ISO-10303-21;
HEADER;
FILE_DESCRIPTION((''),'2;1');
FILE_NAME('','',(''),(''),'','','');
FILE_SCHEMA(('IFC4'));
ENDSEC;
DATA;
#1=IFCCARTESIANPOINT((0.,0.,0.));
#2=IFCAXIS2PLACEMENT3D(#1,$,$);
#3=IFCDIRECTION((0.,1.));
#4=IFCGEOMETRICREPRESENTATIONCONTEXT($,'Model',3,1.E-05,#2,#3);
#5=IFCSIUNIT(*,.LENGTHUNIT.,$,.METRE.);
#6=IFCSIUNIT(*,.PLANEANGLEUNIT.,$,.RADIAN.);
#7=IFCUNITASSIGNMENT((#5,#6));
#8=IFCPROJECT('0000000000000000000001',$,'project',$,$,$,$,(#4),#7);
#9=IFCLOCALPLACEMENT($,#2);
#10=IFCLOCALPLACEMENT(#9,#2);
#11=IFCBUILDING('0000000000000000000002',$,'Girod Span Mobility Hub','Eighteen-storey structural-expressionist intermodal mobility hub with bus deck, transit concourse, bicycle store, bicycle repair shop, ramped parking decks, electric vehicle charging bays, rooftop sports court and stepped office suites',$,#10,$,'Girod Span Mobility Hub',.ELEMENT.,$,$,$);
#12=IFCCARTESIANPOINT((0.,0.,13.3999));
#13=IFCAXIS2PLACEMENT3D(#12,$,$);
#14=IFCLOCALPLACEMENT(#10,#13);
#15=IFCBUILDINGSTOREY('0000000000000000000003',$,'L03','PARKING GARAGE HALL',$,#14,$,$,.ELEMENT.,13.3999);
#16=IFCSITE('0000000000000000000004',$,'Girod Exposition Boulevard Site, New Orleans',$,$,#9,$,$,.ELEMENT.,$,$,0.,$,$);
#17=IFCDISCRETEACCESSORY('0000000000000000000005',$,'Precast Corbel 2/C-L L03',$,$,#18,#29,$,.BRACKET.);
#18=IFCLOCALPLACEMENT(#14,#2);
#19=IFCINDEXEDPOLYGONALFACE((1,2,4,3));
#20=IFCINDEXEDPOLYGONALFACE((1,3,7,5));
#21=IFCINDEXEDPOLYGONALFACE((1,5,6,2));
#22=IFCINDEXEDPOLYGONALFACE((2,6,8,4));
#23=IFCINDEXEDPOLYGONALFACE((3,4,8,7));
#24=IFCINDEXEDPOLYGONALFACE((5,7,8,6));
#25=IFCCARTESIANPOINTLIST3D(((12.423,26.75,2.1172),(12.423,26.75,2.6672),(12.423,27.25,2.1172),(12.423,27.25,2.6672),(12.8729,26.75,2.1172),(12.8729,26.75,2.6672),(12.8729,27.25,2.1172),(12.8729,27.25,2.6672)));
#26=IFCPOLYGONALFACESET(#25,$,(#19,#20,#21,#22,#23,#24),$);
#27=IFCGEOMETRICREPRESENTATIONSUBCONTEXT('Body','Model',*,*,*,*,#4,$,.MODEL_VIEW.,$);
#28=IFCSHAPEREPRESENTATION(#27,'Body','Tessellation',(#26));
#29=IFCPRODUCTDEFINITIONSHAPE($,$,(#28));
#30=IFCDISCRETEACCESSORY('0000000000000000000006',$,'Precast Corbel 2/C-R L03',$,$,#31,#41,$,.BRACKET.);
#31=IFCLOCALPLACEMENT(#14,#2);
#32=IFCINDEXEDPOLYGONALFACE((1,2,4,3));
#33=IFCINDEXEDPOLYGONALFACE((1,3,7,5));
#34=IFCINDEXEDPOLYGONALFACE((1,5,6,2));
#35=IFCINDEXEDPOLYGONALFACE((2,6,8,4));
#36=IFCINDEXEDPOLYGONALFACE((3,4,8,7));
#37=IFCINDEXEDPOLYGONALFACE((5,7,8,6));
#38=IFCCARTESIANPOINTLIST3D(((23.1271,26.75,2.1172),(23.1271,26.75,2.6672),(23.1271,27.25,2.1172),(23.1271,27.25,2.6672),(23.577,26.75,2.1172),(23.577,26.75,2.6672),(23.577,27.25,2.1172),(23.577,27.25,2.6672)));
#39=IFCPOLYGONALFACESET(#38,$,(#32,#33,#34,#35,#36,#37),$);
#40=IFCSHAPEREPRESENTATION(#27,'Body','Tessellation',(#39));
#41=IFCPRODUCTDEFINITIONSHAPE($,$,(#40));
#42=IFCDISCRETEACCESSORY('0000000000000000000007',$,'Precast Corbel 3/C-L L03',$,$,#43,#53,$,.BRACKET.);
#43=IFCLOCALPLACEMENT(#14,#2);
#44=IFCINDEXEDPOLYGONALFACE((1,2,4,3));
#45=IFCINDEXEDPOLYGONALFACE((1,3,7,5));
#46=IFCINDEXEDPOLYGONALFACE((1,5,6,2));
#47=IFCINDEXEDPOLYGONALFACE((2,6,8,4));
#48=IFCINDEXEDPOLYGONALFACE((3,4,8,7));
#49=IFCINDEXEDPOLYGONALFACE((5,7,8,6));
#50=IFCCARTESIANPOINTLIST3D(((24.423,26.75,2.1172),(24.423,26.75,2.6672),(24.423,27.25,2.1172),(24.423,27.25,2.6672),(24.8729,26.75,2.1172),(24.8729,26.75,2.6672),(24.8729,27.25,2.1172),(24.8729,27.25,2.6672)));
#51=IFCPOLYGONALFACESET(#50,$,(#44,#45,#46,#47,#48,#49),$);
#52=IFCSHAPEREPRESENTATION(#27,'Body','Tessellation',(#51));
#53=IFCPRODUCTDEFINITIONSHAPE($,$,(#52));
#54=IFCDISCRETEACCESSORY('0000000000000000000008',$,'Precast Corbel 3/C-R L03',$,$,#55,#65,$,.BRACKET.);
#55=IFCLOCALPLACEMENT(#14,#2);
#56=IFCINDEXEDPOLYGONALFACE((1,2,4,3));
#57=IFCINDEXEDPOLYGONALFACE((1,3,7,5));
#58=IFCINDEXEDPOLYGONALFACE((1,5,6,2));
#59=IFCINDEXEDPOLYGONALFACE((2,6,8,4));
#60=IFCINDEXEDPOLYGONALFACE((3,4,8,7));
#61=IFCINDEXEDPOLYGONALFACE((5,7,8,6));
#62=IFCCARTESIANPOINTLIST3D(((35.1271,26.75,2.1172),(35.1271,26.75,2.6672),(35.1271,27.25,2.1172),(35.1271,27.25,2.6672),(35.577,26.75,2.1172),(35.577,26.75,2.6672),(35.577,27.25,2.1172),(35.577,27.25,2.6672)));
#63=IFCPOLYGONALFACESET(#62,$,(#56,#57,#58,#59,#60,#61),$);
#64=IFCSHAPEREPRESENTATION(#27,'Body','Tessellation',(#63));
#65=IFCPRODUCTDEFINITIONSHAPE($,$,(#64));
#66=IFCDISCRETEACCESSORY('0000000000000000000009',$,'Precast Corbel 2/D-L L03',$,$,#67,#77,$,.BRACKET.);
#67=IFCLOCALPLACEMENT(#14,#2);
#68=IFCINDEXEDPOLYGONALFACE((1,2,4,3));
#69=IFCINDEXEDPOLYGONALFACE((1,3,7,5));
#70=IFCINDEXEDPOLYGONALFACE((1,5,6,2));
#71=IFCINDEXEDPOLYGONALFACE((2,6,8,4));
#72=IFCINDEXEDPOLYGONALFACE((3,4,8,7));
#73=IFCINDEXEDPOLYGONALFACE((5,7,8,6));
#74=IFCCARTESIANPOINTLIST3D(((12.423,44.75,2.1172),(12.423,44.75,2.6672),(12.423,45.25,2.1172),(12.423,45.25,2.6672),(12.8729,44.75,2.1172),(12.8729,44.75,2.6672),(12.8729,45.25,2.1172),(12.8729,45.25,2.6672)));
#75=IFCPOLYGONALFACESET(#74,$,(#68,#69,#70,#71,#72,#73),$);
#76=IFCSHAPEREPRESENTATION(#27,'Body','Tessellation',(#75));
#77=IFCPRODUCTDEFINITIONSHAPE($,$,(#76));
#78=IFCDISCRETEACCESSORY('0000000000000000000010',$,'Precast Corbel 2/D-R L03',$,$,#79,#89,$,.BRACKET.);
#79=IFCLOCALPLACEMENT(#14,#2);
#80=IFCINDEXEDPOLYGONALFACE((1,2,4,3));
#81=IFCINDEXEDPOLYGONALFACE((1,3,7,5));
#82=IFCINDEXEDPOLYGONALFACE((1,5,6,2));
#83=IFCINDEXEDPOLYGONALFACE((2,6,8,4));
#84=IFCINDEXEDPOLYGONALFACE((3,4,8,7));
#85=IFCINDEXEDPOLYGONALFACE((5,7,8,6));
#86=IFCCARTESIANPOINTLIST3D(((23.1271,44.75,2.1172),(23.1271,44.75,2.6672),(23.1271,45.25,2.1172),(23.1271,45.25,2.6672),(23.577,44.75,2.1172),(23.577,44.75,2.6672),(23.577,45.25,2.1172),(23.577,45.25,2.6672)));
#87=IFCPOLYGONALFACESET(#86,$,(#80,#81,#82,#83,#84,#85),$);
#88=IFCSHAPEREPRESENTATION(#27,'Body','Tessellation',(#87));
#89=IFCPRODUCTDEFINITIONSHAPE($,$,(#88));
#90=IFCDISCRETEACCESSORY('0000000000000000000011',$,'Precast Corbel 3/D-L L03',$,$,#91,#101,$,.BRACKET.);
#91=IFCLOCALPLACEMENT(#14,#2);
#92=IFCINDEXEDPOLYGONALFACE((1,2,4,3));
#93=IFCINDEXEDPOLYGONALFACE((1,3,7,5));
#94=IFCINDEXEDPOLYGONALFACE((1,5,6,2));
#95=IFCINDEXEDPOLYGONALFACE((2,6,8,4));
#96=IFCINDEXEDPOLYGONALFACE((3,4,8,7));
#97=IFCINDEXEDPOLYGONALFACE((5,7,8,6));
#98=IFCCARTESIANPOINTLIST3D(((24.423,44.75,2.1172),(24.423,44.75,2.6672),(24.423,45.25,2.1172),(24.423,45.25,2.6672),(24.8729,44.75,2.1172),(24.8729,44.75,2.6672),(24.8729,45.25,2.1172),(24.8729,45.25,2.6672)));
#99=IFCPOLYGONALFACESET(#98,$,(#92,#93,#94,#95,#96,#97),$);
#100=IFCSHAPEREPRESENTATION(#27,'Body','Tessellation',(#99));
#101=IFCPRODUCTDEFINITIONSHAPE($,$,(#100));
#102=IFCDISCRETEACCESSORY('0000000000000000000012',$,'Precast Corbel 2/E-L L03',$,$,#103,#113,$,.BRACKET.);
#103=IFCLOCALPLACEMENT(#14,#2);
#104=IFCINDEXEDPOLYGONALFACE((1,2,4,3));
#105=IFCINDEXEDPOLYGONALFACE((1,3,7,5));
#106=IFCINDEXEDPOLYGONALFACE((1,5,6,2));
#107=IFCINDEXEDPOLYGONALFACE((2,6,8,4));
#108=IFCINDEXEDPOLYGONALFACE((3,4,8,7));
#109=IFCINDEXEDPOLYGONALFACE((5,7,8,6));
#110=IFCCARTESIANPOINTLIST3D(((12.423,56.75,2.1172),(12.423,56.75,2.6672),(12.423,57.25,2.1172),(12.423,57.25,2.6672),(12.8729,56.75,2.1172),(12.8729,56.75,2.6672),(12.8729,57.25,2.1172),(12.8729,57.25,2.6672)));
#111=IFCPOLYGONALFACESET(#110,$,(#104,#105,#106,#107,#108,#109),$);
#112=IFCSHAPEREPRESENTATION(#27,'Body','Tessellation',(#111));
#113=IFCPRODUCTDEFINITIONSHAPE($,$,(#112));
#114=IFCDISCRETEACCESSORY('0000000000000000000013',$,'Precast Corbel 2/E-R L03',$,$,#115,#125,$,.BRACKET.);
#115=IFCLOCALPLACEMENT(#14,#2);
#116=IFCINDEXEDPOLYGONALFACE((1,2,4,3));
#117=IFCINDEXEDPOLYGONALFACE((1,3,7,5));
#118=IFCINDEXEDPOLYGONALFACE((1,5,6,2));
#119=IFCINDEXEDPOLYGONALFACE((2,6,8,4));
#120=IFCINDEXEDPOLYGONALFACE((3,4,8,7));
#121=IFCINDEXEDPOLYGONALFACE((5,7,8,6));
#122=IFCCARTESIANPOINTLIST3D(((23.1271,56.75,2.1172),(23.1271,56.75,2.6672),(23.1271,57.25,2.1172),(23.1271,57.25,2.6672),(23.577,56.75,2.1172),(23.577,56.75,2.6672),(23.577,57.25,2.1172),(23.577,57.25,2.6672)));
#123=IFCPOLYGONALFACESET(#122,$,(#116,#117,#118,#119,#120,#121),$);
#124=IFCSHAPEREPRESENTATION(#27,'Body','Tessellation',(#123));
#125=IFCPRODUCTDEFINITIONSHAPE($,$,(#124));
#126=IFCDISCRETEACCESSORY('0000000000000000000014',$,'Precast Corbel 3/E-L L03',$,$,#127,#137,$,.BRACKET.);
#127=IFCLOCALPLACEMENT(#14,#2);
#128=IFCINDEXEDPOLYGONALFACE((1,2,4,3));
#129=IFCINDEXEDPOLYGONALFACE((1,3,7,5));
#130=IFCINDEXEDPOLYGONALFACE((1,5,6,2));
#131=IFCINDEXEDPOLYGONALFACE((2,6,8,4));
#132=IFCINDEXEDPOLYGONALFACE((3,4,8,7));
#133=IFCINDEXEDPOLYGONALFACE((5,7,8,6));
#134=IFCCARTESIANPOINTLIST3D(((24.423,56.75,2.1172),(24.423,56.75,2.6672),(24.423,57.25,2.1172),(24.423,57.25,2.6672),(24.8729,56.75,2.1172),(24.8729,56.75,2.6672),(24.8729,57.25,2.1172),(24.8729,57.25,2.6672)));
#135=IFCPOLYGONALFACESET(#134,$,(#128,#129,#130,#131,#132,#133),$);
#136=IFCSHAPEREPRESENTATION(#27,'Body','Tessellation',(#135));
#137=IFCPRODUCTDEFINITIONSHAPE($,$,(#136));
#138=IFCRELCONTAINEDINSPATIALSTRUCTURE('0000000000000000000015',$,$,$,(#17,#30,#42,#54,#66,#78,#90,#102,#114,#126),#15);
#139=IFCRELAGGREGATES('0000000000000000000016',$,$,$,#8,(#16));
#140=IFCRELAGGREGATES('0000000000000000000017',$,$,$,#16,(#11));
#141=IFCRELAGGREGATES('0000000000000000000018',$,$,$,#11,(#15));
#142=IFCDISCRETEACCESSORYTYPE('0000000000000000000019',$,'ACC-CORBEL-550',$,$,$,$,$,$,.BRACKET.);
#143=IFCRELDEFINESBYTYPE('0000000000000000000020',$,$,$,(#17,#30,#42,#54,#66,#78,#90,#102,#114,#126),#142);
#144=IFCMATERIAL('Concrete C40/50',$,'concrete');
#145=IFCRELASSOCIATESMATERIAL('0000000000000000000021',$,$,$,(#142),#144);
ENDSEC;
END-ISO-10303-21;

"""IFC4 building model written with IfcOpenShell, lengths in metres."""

from ifc_helpers import new_model, si_unit, direction, frame, origin, origin_2d, place, context, subcontext, project, spatial, rectangle, extrude, material, type_object, element, save


model = new_model("IFC4")

# Units and contexts
model_context = context("Model", 3, precision=1e-05, world=origin(), true_north=direction((0.0, 1.0)))
body_context = subcontext(model_context, "Body", "Model", "MODEL_VIEW")
ifc_project = project(units=[si_unit("LENGTHUNIT", "METRE"), si_unit("PLANEANGLEUNIT", "RADIAN")], contexts=[model_context])

# Site, building, storey
site_placement = place(None, origin())
site = spatial("IfcSite", under=ifc_project, at=site_placement, Name="Girod Exposition Boulevard Site, New Orleans", CompositionType="ELEMENT", RefElevation=0.0)
building_placement = place(site_placement, origin())
building = spatial("IfcBuilding", under=site, at=building_placement, Name="Girod Span Mobility Hub", Description="Eighteen-storey structural-expressionist intermodal mobility hub with bus deck, transit concourse, bicycle store, bicycle repair shop, ramped parking decks, electric vehicle charging bays, rooftop sports court and stepped office suites", LongName="Girod Span Mobility Hub", CompositionType="ELEMENT")
storey_placement = place(building_placement, frame((0.0, 0.0, 13.3999)))
storey = spatial("IfcBuildingStorey", under=building, at=storey_placement, Name="L03", Description="PARKING GARAGE HALL", CompositionType="ELEMENT", Elevation=13.3999)

# Discrete accessories
ifc_material_1 = material(Name="Concrete C40/50", Category="concrete")
discrete_accessory_type = type_object("IfcDiscreteAccessoryType", Name="ACC-CORBEL-550", PredefinedType="BRACKET", material=ifc_material_1)
for number, where, z_axis, x_axis, name in (
    (1, (12.6479, 27.0, 2.1172), (0.0, 0.0, 1.0), (1.0, 0.0, 0.0), "Precast Corbel 2/C-L L03"),
    (2, (23.3521, 27.0, 2.1172), (0.0, 0.0, 1.0), (1.0, 0.0, 0.0), "Precast Corbel 2/C-R L03"),
    (3, (24.6479, 27.0, 2.1172), (0.0, 0.0, 1.0), (1.0, 0.0, 0.0), "Precast Corbel 3/C-L L03"),
    (4, (35.3521, 27.0, 2.1172), (0.0, 0.0, 1.0), (1.0, 0.0, 0.0), "Precast Corbel 3/C-R L03"),
    (5, (12.6479, 45.0, 2.1172), (0.0, 0.0, 1.0), (1.0, 0.0, 0.0), "Precast Corbel 2/D-L L03"),
    (6, (23.3521, 45.0, 2.1172), (0.0, 0.0, 1.0), (1.0, 0.0, 0.0), "Precast Corbel 2/D-R L03"),
    (7, (24.6479, 45.0, 2.1172), (0.0, 0.0, 1.0), (1.0, 0.0, 0.0), "Precast Corbel 3/D-L L03"),
    (8, (12.6479, 57.0, 2.1172), (0.0, 0.0, 1.0), (1.0, 0.0, 0.0), "Precast Corbel 2/E-L L03"),
    (9, (23.3521, 57.0, 2.1172), (0.0, 0.0, 1.0), (1.0, 0.0, 0.0), "Precast Corbel 2/E-R L03"),
    (10, (24.6479, 57.0, 2.1172), (0.0, 0.0, 1.0), (1.0, 0.0, 0.0), "Precast Corbel 3/E-L L03"),
):
    element("IfcDiscreteAccessory", number, at=place(storey_placement, frame(where, z_axis=z_axis, x_axis=x_axis)), inside=storey, type_object=discrete_accessory_type, Name=name, PredefinedType="BRACKET", context=body_context, shape_type="SweptSolid", body=[
        extrude(rectangle(XDim=0.45, YDim=0.5, at=origin_2d()), origin(), (0.0, 0.0, 1.0), 0.55),
    ])

save(model, "model.ifc")
